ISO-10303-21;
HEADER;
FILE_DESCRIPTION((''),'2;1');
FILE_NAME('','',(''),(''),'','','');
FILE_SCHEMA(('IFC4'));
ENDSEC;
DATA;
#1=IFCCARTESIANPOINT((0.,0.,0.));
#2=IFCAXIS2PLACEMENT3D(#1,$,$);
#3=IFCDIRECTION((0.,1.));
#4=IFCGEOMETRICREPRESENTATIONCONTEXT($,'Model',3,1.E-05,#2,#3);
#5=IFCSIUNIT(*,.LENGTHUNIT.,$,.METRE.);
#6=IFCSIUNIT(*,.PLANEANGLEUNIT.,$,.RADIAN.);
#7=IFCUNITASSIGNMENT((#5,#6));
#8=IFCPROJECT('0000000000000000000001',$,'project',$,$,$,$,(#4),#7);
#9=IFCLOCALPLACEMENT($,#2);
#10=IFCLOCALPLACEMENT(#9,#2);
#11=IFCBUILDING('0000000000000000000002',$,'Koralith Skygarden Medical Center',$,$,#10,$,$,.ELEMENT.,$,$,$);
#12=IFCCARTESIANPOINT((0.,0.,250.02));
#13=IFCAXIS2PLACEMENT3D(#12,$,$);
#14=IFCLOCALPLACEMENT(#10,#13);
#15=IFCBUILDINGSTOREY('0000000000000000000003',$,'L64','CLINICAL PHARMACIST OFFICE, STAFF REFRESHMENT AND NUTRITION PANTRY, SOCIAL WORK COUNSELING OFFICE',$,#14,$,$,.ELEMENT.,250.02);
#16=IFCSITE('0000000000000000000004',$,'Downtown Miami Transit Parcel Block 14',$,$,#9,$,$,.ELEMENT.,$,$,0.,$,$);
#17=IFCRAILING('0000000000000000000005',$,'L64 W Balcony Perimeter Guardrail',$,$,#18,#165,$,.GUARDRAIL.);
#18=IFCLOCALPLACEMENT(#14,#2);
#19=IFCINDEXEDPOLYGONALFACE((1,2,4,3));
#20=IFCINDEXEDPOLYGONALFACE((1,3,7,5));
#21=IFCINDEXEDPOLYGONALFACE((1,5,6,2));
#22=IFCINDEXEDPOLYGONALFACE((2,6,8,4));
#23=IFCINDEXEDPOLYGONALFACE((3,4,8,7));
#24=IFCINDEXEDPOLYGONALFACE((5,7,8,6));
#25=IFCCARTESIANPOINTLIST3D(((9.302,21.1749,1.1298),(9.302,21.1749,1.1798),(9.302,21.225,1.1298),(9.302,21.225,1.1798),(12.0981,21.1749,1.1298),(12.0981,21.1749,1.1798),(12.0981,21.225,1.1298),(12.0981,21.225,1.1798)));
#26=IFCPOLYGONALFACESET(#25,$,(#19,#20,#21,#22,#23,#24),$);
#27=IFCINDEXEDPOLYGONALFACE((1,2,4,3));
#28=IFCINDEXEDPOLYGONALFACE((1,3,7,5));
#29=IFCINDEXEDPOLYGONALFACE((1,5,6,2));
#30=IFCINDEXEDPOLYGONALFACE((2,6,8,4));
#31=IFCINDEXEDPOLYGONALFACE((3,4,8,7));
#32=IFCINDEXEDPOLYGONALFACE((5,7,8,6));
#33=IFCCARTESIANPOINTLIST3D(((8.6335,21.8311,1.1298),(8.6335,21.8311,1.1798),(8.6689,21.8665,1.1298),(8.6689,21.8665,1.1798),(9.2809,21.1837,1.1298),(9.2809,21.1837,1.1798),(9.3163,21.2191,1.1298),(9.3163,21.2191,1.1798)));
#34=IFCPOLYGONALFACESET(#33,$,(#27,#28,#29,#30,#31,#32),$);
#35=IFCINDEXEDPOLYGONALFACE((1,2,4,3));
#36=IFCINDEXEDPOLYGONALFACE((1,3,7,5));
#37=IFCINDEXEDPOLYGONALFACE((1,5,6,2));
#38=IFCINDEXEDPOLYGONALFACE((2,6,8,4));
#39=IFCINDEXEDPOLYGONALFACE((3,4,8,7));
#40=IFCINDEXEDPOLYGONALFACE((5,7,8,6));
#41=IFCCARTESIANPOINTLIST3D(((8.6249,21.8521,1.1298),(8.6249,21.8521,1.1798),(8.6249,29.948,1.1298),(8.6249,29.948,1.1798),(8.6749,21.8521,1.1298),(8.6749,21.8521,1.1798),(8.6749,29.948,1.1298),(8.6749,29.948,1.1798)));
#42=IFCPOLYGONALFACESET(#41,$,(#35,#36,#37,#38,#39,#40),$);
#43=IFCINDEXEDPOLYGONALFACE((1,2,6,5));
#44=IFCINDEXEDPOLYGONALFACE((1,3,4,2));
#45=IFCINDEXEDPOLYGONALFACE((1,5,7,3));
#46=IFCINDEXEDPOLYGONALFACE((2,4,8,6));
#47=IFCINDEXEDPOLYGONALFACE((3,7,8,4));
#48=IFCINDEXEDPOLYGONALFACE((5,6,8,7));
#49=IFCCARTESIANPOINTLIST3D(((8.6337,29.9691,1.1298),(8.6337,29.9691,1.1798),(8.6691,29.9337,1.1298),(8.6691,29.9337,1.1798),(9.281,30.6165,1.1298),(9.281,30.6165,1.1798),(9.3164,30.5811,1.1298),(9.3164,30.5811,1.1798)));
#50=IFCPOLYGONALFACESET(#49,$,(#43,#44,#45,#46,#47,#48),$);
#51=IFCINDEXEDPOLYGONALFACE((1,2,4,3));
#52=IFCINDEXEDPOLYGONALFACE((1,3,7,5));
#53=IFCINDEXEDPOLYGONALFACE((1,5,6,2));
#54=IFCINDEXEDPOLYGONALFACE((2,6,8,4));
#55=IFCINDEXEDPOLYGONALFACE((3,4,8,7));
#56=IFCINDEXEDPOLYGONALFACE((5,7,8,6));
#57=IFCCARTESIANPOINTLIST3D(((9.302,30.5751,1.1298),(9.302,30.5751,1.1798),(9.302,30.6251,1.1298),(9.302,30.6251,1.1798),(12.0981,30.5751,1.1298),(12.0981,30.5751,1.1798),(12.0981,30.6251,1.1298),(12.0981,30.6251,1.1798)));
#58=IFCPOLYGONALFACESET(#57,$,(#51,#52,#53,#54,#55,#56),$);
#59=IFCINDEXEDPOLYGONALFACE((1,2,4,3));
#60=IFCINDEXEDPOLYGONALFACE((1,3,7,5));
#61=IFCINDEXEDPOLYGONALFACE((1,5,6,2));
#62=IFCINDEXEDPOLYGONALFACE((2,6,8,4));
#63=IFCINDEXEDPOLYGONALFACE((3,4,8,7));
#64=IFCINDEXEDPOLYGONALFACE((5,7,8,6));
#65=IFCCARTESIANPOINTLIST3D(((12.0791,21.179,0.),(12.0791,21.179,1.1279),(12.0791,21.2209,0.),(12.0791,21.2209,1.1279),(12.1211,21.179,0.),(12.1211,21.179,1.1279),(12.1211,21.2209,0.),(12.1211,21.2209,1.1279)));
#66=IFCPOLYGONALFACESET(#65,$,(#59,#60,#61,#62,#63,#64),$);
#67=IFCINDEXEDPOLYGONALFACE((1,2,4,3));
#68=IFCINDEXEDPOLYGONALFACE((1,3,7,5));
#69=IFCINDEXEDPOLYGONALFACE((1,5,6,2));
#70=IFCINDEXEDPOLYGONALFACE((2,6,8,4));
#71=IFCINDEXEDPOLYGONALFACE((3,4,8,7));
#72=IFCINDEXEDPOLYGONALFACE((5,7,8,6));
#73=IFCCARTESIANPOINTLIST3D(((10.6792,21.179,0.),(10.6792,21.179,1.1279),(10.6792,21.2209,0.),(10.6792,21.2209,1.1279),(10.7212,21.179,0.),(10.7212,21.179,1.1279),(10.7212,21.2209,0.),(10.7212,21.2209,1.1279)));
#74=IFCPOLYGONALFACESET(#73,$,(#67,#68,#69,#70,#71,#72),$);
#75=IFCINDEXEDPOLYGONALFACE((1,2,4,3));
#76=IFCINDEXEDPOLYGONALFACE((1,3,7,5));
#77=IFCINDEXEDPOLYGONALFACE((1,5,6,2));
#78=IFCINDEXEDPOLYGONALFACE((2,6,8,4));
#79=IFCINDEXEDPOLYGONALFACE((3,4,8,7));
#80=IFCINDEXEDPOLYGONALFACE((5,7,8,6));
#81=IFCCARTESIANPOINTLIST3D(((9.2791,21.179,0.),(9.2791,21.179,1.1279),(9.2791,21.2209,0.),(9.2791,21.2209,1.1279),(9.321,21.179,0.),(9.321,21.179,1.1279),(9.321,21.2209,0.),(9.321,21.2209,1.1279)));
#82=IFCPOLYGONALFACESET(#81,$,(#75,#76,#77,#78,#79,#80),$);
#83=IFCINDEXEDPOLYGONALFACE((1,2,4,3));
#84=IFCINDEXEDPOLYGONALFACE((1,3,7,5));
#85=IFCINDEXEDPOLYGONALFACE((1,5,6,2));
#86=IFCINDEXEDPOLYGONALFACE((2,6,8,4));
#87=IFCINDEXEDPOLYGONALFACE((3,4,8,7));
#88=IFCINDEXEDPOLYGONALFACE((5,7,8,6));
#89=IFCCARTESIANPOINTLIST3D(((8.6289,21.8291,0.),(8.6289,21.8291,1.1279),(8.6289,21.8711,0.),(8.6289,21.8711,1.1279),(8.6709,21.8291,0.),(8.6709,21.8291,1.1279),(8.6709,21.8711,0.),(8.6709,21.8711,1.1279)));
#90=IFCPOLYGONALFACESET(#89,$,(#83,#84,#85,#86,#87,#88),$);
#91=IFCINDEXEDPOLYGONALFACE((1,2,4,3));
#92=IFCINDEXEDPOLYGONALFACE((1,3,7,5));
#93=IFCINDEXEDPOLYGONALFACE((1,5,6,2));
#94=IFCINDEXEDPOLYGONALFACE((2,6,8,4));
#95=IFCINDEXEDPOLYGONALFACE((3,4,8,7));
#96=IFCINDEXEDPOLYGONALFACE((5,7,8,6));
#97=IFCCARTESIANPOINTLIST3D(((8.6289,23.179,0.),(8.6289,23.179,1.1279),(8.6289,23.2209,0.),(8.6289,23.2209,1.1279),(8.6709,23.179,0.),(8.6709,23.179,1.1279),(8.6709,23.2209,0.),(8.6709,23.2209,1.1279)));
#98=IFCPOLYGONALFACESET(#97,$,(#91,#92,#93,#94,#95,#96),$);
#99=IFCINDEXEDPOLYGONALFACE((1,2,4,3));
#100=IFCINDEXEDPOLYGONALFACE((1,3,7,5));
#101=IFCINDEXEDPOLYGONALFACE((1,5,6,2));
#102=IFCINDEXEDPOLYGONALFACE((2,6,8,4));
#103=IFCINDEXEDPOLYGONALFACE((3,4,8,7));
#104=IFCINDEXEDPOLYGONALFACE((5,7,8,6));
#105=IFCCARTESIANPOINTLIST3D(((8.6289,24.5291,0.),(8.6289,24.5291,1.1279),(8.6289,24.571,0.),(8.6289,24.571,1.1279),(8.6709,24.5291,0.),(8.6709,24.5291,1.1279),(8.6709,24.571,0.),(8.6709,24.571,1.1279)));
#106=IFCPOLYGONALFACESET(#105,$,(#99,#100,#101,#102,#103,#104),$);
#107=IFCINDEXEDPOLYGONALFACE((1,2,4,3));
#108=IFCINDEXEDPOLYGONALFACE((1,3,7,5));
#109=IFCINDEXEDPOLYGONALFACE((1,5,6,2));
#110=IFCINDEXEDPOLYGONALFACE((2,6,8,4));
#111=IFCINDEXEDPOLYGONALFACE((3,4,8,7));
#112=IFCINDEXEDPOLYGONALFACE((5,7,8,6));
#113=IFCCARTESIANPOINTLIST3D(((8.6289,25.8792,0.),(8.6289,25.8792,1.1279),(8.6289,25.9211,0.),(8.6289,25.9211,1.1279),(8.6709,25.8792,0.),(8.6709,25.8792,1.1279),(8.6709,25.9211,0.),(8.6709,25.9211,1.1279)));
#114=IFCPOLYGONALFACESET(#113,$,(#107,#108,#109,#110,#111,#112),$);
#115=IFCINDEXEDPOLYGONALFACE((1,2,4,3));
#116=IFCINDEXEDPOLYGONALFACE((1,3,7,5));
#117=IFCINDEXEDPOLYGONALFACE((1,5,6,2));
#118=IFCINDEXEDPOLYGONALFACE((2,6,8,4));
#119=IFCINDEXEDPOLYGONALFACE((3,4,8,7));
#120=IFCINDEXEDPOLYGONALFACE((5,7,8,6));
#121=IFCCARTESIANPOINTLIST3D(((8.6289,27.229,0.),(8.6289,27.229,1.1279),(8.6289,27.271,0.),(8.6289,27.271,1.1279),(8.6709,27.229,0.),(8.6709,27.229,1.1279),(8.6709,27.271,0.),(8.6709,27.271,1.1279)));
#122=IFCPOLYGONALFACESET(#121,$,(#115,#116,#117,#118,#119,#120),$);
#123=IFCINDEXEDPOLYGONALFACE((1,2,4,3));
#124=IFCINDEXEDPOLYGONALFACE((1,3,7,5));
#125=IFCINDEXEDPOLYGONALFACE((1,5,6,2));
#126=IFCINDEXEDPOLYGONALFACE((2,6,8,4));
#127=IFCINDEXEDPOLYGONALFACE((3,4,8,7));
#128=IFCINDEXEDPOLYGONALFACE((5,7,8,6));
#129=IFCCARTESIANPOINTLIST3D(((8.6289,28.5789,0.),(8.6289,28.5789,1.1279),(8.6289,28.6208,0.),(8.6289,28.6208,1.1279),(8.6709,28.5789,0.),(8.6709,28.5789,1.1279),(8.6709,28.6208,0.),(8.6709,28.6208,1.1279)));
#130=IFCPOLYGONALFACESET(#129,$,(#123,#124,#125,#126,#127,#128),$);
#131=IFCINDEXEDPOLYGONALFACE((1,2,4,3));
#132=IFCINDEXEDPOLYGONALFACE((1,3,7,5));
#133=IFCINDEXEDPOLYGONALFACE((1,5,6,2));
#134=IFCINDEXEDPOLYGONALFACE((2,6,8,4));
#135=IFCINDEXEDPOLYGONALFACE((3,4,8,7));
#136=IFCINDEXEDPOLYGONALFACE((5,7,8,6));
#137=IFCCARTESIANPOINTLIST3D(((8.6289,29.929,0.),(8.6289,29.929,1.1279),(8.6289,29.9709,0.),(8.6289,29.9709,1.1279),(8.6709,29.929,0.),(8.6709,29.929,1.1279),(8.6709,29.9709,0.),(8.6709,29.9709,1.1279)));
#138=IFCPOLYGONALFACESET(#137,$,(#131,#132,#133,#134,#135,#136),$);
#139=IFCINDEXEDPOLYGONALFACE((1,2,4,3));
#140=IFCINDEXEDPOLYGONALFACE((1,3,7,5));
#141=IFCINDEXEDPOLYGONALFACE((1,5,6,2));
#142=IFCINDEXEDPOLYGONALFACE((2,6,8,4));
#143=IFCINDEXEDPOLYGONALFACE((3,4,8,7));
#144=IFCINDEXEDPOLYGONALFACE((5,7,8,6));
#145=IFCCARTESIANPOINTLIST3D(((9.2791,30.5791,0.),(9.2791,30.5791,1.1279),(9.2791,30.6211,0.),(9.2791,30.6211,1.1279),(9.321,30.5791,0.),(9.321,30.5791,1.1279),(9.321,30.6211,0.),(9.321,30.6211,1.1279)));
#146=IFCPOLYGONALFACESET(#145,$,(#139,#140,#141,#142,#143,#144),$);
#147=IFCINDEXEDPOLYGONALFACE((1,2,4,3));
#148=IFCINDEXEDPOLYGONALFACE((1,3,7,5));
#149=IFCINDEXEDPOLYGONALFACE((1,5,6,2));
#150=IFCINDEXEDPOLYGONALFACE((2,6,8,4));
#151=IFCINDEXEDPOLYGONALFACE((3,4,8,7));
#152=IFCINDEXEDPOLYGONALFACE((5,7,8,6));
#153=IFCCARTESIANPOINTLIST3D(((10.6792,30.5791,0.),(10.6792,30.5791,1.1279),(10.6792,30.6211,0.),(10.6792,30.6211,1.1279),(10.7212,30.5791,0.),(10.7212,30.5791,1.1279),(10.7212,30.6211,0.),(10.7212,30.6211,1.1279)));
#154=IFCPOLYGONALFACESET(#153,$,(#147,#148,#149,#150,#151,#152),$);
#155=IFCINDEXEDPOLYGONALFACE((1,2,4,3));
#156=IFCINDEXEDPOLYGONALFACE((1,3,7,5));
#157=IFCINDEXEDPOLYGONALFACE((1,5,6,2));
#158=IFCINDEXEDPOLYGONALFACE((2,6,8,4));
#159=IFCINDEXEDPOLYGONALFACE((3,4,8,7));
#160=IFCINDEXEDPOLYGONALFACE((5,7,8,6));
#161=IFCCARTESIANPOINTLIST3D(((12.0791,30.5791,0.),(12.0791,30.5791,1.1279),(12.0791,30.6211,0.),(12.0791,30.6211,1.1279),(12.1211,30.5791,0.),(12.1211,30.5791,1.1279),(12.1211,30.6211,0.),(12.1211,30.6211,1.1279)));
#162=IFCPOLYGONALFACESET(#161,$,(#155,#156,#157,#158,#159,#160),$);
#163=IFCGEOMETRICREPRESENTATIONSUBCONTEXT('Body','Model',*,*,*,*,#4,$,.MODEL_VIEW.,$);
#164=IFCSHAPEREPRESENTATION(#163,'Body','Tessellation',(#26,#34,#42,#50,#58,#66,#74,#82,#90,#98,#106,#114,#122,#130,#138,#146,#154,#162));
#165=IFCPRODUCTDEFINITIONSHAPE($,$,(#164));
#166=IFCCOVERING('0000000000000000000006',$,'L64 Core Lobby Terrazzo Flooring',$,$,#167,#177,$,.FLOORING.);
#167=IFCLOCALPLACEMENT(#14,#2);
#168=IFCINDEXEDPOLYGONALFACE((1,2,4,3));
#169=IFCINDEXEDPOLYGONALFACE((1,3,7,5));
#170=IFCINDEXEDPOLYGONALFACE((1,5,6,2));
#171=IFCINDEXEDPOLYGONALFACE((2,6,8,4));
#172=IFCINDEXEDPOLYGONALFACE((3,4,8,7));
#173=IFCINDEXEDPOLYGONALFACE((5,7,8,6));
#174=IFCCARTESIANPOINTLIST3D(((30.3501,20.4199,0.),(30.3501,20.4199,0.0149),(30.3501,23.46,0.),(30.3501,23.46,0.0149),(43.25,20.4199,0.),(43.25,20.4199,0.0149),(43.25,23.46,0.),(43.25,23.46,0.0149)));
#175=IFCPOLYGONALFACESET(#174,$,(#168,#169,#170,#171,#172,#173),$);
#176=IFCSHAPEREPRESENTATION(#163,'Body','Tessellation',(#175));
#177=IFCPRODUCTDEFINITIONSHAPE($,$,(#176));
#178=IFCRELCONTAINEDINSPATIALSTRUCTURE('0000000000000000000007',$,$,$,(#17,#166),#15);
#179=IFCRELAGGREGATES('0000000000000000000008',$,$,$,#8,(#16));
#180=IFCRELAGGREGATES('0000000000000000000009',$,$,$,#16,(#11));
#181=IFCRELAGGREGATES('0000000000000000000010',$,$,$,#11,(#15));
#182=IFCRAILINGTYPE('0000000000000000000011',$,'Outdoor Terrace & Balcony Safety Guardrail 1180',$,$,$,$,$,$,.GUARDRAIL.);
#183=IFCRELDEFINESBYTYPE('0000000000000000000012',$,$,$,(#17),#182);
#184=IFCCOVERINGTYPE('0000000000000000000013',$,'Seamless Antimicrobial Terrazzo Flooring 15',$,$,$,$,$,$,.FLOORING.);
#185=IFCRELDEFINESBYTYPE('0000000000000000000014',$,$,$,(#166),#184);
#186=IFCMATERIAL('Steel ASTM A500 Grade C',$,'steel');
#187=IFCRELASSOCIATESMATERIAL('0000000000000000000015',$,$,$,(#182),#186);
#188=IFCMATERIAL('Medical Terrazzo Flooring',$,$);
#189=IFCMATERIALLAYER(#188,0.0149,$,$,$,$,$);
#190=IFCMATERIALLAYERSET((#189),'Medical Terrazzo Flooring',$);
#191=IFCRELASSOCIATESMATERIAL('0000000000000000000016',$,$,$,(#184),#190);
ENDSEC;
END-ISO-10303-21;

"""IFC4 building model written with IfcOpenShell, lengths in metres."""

from ifc_helpers import new_model, si_unit, direction, frame, origin, origin_2d, place, context, subcontext, project, spatial, polyline, rectangle, outline, extrude, material, layer, layer_set, type_object, element, save


model = new_model("IFC4")

# Units and contexts
model_context = context("Model", 3, precision=1e-05, world=origin(), true_north=direction((0.0, 1.0)))
body_context = subcontext(model_context, "Body", "Model", "MODEL_VIEW")
ifc_project = project(units=[si_unit("LENGTHUNIT", "METRE"), si_unit("PLANEANGLEUNIT", "RADIAN")], contexts=[model_context])

# Site, building, storey
site_placement = place(None, origin())
site = spatial("IfcSite", under=ifc_project, at=site_placement, Name="Downtown Miami Transit Parcel Block 14", CompositionType="ELEMENT", RefElevation=0.0)
building_placement = place(site_placement, origin())
building = spatial("IfcBuilding", under=site, at=building_placement, Name="Koralith Skygarden Medical Center", CompositionType="ELEMENT")
storey_placement = place(building_placement, frame((0.0, 0.0, 250.02)))
storey = spatial("IfcBuildingStorey", under=building, at=storey_placement, Name="L64", Description="CLINICAL PHARMACIST OFFICE, STAFF REFRESHMENT AND NUTRITION PANTRY, SOCIAL WORK COUNSELING OFFICE", CompositionType="ELEMENT", Elevation=250.02)

# Railing
ifc_material_1 = material(Name="Steel ASTM A500 Grade C", Category="steel")
railing_type = type_object("IfcRailingType", Name="Outdoor Terrace & Balcony Safety Guardrail 1180", PredefinedType="GUARDRAIL", material=ifc_material_1)
railing_placement = place(storey_placement, frame((12.1001, 21.2, 0.0)))
element("IfcRailing", 1, at=railing_placement, inside=storey, type_object=railing_type, Name="L64 W Balcony Perimeter Guardrail", PredefinedType="GUARDRAIL", context=body_context, shape_type="SweptSolid", body=[
    extrude(rectangle(XDim=0.05, YDim=0.05, at=origin_2d()), frame((-0.002, 0.0, 1.1548), z_axis=(-1.0, 0.0, 0.0), x_axis=(0.0, -1.0, 0.0)), (0.0, 0.0, 1.0), 2.7961),
    extrude(rectangle(XDim=0.05, YDim=0.05, at=origin_2d()), frame((-2.8015, 0.0015, 1.1548), z_axis=(-0.707107, 0.707107, 0.0), x_axis=(-0.707107, -0.707107, 0.0)), (0.0, 0.0, 1.0), 0.9155),
    extrude(rectangle(XDim=0.05, YDim=0.05, at=origin_2d()), frame((-3.4502, 0.6521, 1.1548), z_axis=(0.0, 1.0, 0.0), x_axis=(-1.0, 0.0, 0.0)), (0.0, 0.0, 1.0), 8.0959),
    extrude(rectangle(XDim=0.05, YDim=0.05, at=origin_2d()), frame((-3.4487, 8.7515, 1.1548), z_axis=(0.707107, 0.707107, 0.0), x_axis=(-0.707107, 0.707107, 0.0)), (0.0, 0.0, 1.0), 0.9155),
    extrude(rectangle(XDim=0.05, YDim=0.05, at=origin_2d()), frame((-2.7981, 9.4001, 1.1548), z_axis=(1.0, 0.0, 0.0), x_axis=(0.0, 1.0, 0.0)), (0.0, 0.0, 1.0), 2.7961),
    extrude(rectangle(XDim=0.042, YDim=0.042, at=origin_2d()), origin(), (0.0, 0.0, 1.0), 1.1279),
    extrude(rectangle(XDim=0.042, YDim=0.042, at=origin_2d()), frame((-1.3999, 0.0, 0.0)), (0.0, 0.0, 1.0), 1.1279),
    extrude(rectangle(XDim=0.042, YDim=0.042, at=origin_2d()), frame((-2.8, 0.0, 0.0)), (0.0, 0.0, 1.0), 1.1279),
    extrude(rectangle(XDim=0.042, YDim=0.042, at=origin_2d()), frame((-3.4502, 0.6501, 0.0)), (0.0, 0.0, 1.0), 1.1279),
    extrude(rectangle(XDim=0.042, YDim=0.042, at=origin_2d()), frame((-3.4502, 2.0, 0.0)), (0.0, 0.0, 1.0), 1.1279),
    extrude(rectangle(XDim=0.042, YDim=0.042, at=origin_2d()), frame((-3.4502, 3.3501, 0.0)), (0.0, 0.0, 1.0), 1.1279),
    extrude(rectangle(XDim=0.042, YDim=0.042, at=origin_2d()), frame((-3.4502, 4.7002, 0.0)), (0.0, 0.0, 1.0), 1.1279),
    extrude(rectangle(XDim=0.042, YDim=0.042, at=origin_2d()), frame((-3.4502, 6.05, 0.0)), (0.0, 0.0, 1.0), 1.1279),
    extrude(rectangle(XDim=0.042, YDim=0.042, at=origin_2d()), frame((-3.4502, 7.3999, 0.0)), (0.0, 0.0, 1.0), 1.1279),
    extrude(rectangle(XDim=0.042, YDim=0.042, at=origin_2d()), frame((-3.4502, 8.75, 0.0)), (0.0, 0.0, 1.0), 1.1279),
    extrude(rectangle(XDim=0.042, YDim=0.042, at=origin_2d()), frame((-2.8, 9.4001, 0.0)), (0.0, 0.0, 1.0), 1.1279),
    extrude(rectangle(XDim=0.042, YDim=0.042, at=origin_2d()), frame((-1.3999, 9.4001, 0.0)), (0.0, 0.0, 1.0), 1.1279),
    extrude(rectangle(XDim=0.042, YDim=0.042, at=origin_2d()), frame((0.0, 9.4001, 0.0)), (0.0, 0.0, 1.0), 1.1279),
])

# Covering
ifc_material_2 = material(Name="Medical Terrazzo Flooring")
ifc_layer_1 = layer(ifc_material_2, 0.0149)
ifc_layer_set_1 = layer_set([ifc_layer_1], Name="Medical Terrazzo Flooring")
covering_type_1 = type_object("IfcCoveringType", Name="Seamless Antimicrobial Terrazzo Flooring 15", PredefinedType="FLOORING", material=ifc_layer_set_1)
covering_1_placement = place(storey_placement, origin())
element("IfcCovering", 2, at=covering_1_placement, inside=storey, type_object=covering_type_1, Name="L64 Core Lobby Terrazzo Flooring", PredefinedType="FLOORING", context=body_context, shape_type="SweptSolid", body=[
    extrude(outline(polyline([(30.3501, 20.4199), (43.25, 20.4199), (43.25, 23.46), (30.3501, 23.46), (30.3501, 20.4199)])), origin(), (0.0, 0.0, 1.0), 0.0149),
])

save(model, "model.ifc")
